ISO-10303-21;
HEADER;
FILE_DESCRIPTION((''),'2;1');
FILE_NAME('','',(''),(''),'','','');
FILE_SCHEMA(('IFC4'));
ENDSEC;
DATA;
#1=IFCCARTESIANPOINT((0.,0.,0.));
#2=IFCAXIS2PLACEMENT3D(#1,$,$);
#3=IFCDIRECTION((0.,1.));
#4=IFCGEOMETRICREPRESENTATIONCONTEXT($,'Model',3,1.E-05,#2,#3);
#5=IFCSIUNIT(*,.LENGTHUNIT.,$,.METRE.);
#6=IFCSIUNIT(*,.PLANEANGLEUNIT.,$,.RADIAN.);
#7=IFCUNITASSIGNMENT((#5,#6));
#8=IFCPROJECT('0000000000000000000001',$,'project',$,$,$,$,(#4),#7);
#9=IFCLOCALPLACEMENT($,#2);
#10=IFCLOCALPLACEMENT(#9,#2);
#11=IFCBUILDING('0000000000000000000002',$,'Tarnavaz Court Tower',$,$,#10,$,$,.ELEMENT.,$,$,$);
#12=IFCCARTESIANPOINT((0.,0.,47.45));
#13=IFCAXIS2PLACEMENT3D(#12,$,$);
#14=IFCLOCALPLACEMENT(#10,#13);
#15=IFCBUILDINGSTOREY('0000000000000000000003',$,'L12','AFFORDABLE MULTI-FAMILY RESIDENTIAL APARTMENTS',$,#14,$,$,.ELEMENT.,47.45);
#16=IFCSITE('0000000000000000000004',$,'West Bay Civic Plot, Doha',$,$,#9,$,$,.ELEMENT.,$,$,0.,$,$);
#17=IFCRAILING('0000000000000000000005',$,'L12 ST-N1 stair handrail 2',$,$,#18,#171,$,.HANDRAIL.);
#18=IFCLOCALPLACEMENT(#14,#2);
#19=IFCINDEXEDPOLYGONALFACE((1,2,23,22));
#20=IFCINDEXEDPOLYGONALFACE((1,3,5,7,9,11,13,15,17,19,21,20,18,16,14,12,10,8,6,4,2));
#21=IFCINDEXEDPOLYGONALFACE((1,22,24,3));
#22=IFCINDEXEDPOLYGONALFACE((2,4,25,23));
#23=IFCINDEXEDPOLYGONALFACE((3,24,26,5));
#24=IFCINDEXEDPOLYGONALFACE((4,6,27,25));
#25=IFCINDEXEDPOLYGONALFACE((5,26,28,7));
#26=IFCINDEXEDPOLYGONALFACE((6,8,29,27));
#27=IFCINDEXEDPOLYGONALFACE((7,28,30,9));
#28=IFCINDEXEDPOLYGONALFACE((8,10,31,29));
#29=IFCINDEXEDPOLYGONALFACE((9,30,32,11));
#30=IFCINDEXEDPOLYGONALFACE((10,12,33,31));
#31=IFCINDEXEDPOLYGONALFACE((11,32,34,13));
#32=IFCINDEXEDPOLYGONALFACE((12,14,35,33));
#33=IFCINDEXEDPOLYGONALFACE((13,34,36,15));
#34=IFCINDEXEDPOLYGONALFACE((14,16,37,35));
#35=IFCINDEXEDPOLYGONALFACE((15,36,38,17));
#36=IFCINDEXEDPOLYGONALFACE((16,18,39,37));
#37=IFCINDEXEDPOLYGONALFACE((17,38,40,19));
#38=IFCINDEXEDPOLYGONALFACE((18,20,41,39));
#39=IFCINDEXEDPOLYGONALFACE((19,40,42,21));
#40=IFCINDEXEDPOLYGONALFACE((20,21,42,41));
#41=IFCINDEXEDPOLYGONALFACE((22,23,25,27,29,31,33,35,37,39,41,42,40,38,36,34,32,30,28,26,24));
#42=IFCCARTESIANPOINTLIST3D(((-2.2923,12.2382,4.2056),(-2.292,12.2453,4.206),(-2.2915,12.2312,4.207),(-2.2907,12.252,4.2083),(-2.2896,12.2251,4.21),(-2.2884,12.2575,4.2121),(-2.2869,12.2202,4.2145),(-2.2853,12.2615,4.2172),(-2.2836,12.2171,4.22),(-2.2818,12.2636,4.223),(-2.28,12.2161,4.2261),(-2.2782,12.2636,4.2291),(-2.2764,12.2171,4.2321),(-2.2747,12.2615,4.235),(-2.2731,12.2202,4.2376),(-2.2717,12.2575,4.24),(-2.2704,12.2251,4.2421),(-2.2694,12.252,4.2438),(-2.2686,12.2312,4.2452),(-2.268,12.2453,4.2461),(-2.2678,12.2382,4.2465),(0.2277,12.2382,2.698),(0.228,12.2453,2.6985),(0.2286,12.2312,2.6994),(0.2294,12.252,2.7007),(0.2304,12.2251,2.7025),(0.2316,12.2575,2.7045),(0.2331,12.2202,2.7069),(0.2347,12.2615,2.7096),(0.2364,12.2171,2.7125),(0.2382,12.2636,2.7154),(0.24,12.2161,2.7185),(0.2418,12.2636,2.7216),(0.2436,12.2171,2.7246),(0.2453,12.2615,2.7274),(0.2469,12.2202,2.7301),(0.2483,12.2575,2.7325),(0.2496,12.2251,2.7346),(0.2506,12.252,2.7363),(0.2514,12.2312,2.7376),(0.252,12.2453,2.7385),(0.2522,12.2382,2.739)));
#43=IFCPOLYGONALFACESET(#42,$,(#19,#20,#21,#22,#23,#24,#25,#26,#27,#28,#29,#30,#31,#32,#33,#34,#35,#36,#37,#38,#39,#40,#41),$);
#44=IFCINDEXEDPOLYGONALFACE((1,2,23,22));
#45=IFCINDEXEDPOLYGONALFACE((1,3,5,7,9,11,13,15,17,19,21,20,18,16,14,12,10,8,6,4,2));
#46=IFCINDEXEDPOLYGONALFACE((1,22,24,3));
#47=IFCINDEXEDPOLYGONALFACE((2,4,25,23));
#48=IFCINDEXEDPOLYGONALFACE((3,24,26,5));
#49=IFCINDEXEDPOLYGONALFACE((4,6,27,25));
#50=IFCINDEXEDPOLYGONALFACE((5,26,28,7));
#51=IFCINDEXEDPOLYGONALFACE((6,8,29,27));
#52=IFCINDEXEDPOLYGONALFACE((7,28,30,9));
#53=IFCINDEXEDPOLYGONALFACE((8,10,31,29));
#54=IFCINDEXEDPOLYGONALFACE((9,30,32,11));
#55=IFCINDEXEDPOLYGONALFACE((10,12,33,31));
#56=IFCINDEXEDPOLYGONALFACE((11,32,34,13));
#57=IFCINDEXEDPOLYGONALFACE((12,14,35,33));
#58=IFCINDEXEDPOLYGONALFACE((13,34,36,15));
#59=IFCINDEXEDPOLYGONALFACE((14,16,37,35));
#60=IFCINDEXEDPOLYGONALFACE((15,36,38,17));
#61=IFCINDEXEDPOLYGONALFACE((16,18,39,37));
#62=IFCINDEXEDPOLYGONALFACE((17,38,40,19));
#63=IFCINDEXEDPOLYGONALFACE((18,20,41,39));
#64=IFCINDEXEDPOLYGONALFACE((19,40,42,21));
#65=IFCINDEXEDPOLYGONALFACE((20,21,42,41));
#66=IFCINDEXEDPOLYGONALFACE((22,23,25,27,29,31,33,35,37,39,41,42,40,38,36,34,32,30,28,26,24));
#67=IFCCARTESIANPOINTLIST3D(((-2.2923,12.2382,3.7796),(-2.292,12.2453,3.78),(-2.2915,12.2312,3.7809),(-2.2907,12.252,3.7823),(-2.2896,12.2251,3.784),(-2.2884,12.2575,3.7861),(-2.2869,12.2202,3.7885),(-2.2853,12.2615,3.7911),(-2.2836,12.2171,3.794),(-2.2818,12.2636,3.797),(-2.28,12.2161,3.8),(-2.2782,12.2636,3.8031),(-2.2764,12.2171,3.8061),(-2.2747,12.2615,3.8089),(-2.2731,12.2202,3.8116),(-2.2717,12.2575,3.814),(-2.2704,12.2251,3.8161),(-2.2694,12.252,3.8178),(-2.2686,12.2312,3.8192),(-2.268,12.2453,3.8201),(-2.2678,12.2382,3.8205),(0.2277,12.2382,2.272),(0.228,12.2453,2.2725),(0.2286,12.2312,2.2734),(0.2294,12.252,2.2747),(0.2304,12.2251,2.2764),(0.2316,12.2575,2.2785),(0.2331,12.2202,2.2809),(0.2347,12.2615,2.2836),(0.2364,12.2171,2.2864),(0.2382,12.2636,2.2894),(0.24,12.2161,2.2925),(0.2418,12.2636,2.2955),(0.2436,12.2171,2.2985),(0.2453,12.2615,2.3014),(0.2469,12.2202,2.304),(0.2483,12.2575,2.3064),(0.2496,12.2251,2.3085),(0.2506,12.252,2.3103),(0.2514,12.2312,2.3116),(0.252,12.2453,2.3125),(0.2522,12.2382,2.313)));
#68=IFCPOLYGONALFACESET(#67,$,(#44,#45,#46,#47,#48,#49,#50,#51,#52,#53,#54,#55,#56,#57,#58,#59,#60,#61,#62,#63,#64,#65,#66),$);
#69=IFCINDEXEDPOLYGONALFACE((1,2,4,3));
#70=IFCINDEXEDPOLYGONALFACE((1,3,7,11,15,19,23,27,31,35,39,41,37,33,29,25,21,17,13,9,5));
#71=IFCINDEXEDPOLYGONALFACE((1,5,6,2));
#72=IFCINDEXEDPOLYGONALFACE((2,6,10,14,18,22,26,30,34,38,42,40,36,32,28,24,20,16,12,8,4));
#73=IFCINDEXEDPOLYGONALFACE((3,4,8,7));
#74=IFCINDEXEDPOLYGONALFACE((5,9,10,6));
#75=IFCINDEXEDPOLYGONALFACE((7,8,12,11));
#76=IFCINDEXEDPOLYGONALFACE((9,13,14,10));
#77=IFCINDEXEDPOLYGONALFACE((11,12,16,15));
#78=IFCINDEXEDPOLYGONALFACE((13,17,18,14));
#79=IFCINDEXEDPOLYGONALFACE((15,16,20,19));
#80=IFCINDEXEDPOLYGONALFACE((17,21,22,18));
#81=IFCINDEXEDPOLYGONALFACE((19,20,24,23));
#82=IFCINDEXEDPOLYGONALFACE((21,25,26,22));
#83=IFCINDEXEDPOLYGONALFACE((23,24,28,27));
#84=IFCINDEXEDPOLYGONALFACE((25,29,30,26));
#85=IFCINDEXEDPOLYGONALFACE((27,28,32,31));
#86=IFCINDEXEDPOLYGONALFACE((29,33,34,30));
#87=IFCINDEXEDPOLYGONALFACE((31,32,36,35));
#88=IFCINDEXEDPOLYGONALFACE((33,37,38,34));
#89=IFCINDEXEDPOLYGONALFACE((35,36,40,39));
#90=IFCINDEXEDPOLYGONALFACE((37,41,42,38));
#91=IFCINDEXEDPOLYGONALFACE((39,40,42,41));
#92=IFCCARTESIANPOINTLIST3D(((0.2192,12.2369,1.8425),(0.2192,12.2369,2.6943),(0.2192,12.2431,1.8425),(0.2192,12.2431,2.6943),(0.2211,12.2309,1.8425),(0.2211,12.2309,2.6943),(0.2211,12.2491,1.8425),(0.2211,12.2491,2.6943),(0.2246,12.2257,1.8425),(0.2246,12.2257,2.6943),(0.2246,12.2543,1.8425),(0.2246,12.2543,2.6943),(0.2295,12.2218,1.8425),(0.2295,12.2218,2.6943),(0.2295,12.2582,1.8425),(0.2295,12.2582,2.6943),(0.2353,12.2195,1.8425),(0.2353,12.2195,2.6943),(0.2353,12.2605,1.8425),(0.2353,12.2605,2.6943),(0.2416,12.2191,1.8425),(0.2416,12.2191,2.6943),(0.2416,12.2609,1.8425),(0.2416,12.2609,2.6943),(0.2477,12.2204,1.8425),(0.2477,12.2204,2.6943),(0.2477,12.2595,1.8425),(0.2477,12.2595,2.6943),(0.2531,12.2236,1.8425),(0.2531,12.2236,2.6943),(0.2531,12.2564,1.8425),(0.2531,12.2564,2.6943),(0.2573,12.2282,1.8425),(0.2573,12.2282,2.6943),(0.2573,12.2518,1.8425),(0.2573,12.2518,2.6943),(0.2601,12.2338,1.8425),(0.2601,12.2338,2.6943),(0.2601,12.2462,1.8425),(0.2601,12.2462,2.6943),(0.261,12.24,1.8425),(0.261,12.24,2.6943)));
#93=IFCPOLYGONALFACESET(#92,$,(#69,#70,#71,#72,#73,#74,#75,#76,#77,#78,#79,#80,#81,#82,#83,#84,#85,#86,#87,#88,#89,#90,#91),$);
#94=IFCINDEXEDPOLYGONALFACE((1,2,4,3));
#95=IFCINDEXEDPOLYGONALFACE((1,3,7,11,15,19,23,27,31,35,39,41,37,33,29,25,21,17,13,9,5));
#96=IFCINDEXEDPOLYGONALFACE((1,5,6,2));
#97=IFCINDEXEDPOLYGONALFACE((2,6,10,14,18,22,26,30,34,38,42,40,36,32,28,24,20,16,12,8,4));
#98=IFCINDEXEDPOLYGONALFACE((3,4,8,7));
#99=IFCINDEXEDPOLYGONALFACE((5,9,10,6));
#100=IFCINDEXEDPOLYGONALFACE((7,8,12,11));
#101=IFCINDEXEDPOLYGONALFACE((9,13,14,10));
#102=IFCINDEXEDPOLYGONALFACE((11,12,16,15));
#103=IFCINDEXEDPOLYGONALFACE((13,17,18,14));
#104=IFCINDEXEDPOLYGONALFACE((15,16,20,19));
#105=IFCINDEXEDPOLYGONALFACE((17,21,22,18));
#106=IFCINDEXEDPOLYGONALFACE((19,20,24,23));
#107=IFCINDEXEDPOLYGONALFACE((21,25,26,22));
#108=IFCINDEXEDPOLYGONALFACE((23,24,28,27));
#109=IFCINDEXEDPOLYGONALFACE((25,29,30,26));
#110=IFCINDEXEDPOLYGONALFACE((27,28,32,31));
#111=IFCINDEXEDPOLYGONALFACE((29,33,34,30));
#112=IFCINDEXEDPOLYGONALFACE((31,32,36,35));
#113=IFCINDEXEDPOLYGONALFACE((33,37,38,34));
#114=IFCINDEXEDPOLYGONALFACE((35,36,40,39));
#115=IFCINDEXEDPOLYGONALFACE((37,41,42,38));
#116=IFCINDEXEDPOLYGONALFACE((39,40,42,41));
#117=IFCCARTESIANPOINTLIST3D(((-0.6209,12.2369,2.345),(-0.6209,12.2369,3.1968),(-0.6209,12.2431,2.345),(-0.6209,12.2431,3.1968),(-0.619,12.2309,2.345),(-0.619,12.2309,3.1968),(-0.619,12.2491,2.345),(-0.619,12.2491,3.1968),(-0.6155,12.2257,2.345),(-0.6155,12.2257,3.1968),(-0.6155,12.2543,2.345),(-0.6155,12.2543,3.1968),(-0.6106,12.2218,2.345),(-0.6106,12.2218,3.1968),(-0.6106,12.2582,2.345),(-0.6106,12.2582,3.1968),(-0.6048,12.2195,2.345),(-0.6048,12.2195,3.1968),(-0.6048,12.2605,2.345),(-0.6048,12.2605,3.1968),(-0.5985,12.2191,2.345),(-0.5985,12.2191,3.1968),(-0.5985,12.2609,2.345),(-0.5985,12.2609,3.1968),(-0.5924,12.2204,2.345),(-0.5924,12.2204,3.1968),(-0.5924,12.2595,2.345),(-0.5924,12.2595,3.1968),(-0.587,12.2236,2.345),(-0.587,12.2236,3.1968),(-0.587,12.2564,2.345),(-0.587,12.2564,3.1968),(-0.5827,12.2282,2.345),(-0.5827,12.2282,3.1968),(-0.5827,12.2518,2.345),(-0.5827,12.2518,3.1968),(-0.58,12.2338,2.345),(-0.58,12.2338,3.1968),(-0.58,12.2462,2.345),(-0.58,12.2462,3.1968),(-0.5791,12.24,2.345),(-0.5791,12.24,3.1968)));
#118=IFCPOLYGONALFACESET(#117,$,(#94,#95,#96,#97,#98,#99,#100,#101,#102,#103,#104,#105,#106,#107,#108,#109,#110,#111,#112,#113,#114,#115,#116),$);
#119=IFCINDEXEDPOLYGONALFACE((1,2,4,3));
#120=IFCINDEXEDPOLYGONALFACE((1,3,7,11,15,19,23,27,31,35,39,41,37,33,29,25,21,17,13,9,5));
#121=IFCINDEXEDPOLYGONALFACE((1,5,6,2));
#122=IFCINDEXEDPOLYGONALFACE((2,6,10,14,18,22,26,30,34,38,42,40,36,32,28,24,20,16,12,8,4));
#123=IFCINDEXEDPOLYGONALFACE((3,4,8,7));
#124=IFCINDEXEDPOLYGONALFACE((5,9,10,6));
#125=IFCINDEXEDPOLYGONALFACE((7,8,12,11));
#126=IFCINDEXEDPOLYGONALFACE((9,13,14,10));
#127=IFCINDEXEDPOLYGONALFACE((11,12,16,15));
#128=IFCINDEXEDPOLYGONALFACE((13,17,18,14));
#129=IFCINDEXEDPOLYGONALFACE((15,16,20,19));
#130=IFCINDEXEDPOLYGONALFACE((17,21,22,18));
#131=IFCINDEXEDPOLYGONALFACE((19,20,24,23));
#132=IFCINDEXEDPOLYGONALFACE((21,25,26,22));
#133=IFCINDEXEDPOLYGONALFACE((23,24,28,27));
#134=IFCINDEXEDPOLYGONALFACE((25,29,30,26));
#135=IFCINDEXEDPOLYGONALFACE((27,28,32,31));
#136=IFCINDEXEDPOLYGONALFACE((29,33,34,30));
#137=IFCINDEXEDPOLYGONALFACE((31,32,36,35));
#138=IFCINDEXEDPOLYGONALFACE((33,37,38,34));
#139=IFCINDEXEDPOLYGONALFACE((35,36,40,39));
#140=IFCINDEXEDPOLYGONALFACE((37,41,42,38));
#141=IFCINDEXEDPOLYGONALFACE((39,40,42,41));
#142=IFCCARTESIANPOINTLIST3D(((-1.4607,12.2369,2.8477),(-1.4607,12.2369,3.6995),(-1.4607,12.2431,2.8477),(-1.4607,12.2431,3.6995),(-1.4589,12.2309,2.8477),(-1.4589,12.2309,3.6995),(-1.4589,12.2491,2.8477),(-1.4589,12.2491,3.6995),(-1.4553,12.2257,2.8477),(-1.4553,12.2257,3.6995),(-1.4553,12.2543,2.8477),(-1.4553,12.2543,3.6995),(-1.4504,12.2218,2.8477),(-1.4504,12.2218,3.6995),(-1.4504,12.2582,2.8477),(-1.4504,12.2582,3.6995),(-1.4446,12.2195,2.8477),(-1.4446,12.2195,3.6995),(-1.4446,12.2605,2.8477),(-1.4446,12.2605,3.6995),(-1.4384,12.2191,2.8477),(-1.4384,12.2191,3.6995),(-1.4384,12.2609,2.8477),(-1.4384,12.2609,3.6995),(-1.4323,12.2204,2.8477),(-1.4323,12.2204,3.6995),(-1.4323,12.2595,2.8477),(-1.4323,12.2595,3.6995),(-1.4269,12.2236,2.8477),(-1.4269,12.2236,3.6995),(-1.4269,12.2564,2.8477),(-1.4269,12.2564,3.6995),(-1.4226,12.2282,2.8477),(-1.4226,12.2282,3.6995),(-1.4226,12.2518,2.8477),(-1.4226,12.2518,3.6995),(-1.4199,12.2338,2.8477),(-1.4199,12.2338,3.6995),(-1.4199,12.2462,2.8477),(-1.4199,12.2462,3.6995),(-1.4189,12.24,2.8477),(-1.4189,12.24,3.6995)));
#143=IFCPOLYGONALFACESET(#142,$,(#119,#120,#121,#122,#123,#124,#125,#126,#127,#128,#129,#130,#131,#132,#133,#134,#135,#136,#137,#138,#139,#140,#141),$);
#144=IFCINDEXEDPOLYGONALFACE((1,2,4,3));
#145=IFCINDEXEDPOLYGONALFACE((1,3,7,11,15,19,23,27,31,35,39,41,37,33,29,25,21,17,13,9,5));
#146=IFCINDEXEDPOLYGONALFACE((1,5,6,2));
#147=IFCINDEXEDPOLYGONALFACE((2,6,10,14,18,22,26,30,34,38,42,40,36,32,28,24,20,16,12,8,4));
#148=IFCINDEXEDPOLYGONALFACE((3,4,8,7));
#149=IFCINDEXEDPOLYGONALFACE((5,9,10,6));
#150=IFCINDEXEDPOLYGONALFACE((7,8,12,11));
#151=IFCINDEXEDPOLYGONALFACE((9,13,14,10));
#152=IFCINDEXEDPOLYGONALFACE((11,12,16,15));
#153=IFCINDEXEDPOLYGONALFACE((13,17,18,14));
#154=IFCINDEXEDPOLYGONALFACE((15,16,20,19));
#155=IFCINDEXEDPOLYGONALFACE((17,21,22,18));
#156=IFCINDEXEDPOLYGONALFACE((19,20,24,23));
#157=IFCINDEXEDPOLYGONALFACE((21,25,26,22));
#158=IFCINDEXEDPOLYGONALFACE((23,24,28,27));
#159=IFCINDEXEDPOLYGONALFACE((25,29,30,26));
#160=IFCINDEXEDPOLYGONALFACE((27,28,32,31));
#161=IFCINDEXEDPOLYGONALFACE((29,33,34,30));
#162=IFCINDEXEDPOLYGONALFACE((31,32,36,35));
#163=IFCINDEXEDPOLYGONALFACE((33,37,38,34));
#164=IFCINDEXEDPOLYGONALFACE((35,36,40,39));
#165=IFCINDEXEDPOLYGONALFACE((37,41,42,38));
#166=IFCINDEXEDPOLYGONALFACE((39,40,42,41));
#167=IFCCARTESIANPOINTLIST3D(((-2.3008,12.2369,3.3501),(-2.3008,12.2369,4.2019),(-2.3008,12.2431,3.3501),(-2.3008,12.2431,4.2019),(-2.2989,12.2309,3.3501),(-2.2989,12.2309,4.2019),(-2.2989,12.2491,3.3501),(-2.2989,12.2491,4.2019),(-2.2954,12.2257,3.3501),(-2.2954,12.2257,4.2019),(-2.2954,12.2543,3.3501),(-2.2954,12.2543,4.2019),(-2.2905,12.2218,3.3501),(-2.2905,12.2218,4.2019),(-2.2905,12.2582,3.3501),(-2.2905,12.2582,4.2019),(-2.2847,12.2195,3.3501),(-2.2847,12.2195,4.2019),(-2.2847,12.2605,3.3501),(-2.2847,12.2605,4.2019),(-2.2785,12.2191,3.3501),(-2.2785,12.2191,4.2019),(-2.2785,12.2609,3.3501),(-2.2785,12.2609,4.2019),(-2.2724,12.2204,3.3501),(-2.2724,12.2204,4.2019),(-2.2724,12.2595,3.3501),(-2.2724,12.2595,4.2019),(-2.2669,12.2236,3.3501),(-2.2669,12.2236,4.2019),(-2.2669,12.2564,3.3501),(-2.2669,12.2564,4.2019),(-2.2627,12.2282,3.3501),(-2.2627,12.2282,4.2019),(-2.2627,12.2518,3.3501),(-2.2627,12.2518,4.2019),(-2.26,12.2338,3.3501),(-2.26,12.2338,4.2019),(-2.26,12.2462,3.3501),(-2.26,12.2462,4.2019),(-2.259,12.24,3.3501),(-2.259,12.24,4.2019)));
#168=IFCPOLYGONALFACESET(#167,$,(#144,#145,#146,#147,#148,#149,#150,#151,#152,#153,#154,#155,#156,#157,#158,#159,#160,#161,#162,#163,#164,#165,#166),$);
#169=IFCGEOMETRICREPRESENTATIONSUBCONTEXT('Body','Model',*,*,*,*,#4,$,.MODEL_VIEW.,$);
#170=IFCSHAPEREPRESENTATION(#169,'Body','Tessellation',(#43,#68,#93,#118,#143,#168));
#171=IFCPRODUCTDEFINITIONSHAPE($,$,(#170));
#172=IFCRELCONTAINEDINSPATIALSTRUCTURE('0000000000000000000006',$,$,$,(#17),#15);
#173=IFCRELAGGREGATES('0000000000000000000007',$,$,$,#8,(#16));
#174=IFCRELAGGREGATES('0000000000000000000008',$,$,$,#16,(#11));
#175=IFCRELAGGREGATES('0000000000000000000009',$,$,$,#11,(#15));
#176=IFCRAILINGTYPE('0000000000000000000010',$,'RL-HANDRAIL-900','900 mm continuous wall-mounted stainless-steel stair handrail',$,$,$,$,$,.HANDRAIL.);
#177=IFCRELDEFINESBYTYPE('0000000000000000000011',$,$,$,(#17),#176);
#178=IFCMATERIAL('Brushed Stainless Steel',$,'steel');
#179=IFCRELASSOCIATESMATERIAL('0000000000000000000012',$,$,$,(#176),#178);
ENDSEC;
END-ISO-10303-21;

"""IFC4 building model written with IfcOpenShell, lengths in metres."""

from ifc_helpers import new_model, si_unit, direction, frame, origin, origin_2d, place, context, subcontext, project, spatial, circle, extrude, material, type_object, element, save


model = new_model("IFC4")

# Units and contexts
model_context = context("Model", 3, precision=1e-05, world=origin(), true_north=direction((0.0, 1.0)))
body_context = subcontext(model_context, "Body", "Model", "MODEL_VIEW")
ifc_project = project(units=[si_unit("LENGTHUNIT", "METRE"), si_unit("PLANEANGLEUNIT", "RADIAN")], contexts=[model_context])

# Site, building, storey
site_placement = place(None, origin())
site = spatial("IfcSite", under=ifc_project, at=site_placement, Name="West Bay Civic Plot, Doha", CompositionType="ELEMENT", RefElevation=0.0)
building_placement = place(site_placement, origin())
building = spatial("IfcBuilding", under=site, at=building_placement, Name="Tarnavaz Court Tower", CompositionType="ELEMENT")
storey_placement = place(building_placement, frame((0.0, 0.0, 47.45)))
storey = spatial("IfcBuildingStorey", under=building, at=storey_placement, Name="L12", Description="AFFORDABLE MULTI-FAMILY RESIDENTIAL APARTMENTS", CompositionType="ELEMENT", Elevation=47.45)

# Railing
ifc_material_1 = material(Name="Brushed Stainless Steel", Category="steel")
railing_type_1 = type_object("IfcRailingType", Name="RL-HANDRAIL-900", Description="900 mm continuous wall-mounted stainless-steel stair handrail", PredefinedType="HANDRAIL", material=ifc_material_1)
railing_1_placement = place(storey_placement, frame((0.24, 12.24, 1.8425)))
element("IfcRailing", 1, at=railing_1_placement, inside=storey, type_object=railing_type_1, Name="L12 ST-N1 stair handrail 2", PredefinedType="HANDRAIL", context=body_context, shape_type="SweptSolid", body=[
    extrude(circle(Radius=0.0239, at=origin_2d()), frame((0.0, 0.0, 0.876), z_axis=(-0.85816, 0.0, 0.513383), x_axis=(0.0, -1.0, 0.0)), (0.0, 0.0, 1.0), 2.9365),
    extrude(circle(Radius=0.0239, at=origin_2d()), frame((0.0, 0.0, 0.45), z_axis=(-0.85816, 0.0, 0.513383), x_axis=(0.0, -1.0, 0.0)), (0.0, 0.0, 1.0), 2.9365),
    extrude(circle(Radius=0.021, at=origin_2d()), origin(), (0.0, 0.0, 1.0), 0.8518),
    extrude(circle(Radius=0.021, at=origin_2d()), frame((-0.8401, 0.0, 0.5024)), (0.0, 0.0, 1.0), 0.8518),
    extrude(circle(Radius=0.021, at=origin_2d()), frame((-1.6799, 0.0, 1.0051)), (0.0, 0.0, 1.0), 0.8518),
    extrude(circle(Radius=0.021, at=origin_2d()), frame((-2.52, 0.0, 1.5076)), (0.0, 0.0, 1.0), 0.8518),
])

save(model, "model.ifc")
